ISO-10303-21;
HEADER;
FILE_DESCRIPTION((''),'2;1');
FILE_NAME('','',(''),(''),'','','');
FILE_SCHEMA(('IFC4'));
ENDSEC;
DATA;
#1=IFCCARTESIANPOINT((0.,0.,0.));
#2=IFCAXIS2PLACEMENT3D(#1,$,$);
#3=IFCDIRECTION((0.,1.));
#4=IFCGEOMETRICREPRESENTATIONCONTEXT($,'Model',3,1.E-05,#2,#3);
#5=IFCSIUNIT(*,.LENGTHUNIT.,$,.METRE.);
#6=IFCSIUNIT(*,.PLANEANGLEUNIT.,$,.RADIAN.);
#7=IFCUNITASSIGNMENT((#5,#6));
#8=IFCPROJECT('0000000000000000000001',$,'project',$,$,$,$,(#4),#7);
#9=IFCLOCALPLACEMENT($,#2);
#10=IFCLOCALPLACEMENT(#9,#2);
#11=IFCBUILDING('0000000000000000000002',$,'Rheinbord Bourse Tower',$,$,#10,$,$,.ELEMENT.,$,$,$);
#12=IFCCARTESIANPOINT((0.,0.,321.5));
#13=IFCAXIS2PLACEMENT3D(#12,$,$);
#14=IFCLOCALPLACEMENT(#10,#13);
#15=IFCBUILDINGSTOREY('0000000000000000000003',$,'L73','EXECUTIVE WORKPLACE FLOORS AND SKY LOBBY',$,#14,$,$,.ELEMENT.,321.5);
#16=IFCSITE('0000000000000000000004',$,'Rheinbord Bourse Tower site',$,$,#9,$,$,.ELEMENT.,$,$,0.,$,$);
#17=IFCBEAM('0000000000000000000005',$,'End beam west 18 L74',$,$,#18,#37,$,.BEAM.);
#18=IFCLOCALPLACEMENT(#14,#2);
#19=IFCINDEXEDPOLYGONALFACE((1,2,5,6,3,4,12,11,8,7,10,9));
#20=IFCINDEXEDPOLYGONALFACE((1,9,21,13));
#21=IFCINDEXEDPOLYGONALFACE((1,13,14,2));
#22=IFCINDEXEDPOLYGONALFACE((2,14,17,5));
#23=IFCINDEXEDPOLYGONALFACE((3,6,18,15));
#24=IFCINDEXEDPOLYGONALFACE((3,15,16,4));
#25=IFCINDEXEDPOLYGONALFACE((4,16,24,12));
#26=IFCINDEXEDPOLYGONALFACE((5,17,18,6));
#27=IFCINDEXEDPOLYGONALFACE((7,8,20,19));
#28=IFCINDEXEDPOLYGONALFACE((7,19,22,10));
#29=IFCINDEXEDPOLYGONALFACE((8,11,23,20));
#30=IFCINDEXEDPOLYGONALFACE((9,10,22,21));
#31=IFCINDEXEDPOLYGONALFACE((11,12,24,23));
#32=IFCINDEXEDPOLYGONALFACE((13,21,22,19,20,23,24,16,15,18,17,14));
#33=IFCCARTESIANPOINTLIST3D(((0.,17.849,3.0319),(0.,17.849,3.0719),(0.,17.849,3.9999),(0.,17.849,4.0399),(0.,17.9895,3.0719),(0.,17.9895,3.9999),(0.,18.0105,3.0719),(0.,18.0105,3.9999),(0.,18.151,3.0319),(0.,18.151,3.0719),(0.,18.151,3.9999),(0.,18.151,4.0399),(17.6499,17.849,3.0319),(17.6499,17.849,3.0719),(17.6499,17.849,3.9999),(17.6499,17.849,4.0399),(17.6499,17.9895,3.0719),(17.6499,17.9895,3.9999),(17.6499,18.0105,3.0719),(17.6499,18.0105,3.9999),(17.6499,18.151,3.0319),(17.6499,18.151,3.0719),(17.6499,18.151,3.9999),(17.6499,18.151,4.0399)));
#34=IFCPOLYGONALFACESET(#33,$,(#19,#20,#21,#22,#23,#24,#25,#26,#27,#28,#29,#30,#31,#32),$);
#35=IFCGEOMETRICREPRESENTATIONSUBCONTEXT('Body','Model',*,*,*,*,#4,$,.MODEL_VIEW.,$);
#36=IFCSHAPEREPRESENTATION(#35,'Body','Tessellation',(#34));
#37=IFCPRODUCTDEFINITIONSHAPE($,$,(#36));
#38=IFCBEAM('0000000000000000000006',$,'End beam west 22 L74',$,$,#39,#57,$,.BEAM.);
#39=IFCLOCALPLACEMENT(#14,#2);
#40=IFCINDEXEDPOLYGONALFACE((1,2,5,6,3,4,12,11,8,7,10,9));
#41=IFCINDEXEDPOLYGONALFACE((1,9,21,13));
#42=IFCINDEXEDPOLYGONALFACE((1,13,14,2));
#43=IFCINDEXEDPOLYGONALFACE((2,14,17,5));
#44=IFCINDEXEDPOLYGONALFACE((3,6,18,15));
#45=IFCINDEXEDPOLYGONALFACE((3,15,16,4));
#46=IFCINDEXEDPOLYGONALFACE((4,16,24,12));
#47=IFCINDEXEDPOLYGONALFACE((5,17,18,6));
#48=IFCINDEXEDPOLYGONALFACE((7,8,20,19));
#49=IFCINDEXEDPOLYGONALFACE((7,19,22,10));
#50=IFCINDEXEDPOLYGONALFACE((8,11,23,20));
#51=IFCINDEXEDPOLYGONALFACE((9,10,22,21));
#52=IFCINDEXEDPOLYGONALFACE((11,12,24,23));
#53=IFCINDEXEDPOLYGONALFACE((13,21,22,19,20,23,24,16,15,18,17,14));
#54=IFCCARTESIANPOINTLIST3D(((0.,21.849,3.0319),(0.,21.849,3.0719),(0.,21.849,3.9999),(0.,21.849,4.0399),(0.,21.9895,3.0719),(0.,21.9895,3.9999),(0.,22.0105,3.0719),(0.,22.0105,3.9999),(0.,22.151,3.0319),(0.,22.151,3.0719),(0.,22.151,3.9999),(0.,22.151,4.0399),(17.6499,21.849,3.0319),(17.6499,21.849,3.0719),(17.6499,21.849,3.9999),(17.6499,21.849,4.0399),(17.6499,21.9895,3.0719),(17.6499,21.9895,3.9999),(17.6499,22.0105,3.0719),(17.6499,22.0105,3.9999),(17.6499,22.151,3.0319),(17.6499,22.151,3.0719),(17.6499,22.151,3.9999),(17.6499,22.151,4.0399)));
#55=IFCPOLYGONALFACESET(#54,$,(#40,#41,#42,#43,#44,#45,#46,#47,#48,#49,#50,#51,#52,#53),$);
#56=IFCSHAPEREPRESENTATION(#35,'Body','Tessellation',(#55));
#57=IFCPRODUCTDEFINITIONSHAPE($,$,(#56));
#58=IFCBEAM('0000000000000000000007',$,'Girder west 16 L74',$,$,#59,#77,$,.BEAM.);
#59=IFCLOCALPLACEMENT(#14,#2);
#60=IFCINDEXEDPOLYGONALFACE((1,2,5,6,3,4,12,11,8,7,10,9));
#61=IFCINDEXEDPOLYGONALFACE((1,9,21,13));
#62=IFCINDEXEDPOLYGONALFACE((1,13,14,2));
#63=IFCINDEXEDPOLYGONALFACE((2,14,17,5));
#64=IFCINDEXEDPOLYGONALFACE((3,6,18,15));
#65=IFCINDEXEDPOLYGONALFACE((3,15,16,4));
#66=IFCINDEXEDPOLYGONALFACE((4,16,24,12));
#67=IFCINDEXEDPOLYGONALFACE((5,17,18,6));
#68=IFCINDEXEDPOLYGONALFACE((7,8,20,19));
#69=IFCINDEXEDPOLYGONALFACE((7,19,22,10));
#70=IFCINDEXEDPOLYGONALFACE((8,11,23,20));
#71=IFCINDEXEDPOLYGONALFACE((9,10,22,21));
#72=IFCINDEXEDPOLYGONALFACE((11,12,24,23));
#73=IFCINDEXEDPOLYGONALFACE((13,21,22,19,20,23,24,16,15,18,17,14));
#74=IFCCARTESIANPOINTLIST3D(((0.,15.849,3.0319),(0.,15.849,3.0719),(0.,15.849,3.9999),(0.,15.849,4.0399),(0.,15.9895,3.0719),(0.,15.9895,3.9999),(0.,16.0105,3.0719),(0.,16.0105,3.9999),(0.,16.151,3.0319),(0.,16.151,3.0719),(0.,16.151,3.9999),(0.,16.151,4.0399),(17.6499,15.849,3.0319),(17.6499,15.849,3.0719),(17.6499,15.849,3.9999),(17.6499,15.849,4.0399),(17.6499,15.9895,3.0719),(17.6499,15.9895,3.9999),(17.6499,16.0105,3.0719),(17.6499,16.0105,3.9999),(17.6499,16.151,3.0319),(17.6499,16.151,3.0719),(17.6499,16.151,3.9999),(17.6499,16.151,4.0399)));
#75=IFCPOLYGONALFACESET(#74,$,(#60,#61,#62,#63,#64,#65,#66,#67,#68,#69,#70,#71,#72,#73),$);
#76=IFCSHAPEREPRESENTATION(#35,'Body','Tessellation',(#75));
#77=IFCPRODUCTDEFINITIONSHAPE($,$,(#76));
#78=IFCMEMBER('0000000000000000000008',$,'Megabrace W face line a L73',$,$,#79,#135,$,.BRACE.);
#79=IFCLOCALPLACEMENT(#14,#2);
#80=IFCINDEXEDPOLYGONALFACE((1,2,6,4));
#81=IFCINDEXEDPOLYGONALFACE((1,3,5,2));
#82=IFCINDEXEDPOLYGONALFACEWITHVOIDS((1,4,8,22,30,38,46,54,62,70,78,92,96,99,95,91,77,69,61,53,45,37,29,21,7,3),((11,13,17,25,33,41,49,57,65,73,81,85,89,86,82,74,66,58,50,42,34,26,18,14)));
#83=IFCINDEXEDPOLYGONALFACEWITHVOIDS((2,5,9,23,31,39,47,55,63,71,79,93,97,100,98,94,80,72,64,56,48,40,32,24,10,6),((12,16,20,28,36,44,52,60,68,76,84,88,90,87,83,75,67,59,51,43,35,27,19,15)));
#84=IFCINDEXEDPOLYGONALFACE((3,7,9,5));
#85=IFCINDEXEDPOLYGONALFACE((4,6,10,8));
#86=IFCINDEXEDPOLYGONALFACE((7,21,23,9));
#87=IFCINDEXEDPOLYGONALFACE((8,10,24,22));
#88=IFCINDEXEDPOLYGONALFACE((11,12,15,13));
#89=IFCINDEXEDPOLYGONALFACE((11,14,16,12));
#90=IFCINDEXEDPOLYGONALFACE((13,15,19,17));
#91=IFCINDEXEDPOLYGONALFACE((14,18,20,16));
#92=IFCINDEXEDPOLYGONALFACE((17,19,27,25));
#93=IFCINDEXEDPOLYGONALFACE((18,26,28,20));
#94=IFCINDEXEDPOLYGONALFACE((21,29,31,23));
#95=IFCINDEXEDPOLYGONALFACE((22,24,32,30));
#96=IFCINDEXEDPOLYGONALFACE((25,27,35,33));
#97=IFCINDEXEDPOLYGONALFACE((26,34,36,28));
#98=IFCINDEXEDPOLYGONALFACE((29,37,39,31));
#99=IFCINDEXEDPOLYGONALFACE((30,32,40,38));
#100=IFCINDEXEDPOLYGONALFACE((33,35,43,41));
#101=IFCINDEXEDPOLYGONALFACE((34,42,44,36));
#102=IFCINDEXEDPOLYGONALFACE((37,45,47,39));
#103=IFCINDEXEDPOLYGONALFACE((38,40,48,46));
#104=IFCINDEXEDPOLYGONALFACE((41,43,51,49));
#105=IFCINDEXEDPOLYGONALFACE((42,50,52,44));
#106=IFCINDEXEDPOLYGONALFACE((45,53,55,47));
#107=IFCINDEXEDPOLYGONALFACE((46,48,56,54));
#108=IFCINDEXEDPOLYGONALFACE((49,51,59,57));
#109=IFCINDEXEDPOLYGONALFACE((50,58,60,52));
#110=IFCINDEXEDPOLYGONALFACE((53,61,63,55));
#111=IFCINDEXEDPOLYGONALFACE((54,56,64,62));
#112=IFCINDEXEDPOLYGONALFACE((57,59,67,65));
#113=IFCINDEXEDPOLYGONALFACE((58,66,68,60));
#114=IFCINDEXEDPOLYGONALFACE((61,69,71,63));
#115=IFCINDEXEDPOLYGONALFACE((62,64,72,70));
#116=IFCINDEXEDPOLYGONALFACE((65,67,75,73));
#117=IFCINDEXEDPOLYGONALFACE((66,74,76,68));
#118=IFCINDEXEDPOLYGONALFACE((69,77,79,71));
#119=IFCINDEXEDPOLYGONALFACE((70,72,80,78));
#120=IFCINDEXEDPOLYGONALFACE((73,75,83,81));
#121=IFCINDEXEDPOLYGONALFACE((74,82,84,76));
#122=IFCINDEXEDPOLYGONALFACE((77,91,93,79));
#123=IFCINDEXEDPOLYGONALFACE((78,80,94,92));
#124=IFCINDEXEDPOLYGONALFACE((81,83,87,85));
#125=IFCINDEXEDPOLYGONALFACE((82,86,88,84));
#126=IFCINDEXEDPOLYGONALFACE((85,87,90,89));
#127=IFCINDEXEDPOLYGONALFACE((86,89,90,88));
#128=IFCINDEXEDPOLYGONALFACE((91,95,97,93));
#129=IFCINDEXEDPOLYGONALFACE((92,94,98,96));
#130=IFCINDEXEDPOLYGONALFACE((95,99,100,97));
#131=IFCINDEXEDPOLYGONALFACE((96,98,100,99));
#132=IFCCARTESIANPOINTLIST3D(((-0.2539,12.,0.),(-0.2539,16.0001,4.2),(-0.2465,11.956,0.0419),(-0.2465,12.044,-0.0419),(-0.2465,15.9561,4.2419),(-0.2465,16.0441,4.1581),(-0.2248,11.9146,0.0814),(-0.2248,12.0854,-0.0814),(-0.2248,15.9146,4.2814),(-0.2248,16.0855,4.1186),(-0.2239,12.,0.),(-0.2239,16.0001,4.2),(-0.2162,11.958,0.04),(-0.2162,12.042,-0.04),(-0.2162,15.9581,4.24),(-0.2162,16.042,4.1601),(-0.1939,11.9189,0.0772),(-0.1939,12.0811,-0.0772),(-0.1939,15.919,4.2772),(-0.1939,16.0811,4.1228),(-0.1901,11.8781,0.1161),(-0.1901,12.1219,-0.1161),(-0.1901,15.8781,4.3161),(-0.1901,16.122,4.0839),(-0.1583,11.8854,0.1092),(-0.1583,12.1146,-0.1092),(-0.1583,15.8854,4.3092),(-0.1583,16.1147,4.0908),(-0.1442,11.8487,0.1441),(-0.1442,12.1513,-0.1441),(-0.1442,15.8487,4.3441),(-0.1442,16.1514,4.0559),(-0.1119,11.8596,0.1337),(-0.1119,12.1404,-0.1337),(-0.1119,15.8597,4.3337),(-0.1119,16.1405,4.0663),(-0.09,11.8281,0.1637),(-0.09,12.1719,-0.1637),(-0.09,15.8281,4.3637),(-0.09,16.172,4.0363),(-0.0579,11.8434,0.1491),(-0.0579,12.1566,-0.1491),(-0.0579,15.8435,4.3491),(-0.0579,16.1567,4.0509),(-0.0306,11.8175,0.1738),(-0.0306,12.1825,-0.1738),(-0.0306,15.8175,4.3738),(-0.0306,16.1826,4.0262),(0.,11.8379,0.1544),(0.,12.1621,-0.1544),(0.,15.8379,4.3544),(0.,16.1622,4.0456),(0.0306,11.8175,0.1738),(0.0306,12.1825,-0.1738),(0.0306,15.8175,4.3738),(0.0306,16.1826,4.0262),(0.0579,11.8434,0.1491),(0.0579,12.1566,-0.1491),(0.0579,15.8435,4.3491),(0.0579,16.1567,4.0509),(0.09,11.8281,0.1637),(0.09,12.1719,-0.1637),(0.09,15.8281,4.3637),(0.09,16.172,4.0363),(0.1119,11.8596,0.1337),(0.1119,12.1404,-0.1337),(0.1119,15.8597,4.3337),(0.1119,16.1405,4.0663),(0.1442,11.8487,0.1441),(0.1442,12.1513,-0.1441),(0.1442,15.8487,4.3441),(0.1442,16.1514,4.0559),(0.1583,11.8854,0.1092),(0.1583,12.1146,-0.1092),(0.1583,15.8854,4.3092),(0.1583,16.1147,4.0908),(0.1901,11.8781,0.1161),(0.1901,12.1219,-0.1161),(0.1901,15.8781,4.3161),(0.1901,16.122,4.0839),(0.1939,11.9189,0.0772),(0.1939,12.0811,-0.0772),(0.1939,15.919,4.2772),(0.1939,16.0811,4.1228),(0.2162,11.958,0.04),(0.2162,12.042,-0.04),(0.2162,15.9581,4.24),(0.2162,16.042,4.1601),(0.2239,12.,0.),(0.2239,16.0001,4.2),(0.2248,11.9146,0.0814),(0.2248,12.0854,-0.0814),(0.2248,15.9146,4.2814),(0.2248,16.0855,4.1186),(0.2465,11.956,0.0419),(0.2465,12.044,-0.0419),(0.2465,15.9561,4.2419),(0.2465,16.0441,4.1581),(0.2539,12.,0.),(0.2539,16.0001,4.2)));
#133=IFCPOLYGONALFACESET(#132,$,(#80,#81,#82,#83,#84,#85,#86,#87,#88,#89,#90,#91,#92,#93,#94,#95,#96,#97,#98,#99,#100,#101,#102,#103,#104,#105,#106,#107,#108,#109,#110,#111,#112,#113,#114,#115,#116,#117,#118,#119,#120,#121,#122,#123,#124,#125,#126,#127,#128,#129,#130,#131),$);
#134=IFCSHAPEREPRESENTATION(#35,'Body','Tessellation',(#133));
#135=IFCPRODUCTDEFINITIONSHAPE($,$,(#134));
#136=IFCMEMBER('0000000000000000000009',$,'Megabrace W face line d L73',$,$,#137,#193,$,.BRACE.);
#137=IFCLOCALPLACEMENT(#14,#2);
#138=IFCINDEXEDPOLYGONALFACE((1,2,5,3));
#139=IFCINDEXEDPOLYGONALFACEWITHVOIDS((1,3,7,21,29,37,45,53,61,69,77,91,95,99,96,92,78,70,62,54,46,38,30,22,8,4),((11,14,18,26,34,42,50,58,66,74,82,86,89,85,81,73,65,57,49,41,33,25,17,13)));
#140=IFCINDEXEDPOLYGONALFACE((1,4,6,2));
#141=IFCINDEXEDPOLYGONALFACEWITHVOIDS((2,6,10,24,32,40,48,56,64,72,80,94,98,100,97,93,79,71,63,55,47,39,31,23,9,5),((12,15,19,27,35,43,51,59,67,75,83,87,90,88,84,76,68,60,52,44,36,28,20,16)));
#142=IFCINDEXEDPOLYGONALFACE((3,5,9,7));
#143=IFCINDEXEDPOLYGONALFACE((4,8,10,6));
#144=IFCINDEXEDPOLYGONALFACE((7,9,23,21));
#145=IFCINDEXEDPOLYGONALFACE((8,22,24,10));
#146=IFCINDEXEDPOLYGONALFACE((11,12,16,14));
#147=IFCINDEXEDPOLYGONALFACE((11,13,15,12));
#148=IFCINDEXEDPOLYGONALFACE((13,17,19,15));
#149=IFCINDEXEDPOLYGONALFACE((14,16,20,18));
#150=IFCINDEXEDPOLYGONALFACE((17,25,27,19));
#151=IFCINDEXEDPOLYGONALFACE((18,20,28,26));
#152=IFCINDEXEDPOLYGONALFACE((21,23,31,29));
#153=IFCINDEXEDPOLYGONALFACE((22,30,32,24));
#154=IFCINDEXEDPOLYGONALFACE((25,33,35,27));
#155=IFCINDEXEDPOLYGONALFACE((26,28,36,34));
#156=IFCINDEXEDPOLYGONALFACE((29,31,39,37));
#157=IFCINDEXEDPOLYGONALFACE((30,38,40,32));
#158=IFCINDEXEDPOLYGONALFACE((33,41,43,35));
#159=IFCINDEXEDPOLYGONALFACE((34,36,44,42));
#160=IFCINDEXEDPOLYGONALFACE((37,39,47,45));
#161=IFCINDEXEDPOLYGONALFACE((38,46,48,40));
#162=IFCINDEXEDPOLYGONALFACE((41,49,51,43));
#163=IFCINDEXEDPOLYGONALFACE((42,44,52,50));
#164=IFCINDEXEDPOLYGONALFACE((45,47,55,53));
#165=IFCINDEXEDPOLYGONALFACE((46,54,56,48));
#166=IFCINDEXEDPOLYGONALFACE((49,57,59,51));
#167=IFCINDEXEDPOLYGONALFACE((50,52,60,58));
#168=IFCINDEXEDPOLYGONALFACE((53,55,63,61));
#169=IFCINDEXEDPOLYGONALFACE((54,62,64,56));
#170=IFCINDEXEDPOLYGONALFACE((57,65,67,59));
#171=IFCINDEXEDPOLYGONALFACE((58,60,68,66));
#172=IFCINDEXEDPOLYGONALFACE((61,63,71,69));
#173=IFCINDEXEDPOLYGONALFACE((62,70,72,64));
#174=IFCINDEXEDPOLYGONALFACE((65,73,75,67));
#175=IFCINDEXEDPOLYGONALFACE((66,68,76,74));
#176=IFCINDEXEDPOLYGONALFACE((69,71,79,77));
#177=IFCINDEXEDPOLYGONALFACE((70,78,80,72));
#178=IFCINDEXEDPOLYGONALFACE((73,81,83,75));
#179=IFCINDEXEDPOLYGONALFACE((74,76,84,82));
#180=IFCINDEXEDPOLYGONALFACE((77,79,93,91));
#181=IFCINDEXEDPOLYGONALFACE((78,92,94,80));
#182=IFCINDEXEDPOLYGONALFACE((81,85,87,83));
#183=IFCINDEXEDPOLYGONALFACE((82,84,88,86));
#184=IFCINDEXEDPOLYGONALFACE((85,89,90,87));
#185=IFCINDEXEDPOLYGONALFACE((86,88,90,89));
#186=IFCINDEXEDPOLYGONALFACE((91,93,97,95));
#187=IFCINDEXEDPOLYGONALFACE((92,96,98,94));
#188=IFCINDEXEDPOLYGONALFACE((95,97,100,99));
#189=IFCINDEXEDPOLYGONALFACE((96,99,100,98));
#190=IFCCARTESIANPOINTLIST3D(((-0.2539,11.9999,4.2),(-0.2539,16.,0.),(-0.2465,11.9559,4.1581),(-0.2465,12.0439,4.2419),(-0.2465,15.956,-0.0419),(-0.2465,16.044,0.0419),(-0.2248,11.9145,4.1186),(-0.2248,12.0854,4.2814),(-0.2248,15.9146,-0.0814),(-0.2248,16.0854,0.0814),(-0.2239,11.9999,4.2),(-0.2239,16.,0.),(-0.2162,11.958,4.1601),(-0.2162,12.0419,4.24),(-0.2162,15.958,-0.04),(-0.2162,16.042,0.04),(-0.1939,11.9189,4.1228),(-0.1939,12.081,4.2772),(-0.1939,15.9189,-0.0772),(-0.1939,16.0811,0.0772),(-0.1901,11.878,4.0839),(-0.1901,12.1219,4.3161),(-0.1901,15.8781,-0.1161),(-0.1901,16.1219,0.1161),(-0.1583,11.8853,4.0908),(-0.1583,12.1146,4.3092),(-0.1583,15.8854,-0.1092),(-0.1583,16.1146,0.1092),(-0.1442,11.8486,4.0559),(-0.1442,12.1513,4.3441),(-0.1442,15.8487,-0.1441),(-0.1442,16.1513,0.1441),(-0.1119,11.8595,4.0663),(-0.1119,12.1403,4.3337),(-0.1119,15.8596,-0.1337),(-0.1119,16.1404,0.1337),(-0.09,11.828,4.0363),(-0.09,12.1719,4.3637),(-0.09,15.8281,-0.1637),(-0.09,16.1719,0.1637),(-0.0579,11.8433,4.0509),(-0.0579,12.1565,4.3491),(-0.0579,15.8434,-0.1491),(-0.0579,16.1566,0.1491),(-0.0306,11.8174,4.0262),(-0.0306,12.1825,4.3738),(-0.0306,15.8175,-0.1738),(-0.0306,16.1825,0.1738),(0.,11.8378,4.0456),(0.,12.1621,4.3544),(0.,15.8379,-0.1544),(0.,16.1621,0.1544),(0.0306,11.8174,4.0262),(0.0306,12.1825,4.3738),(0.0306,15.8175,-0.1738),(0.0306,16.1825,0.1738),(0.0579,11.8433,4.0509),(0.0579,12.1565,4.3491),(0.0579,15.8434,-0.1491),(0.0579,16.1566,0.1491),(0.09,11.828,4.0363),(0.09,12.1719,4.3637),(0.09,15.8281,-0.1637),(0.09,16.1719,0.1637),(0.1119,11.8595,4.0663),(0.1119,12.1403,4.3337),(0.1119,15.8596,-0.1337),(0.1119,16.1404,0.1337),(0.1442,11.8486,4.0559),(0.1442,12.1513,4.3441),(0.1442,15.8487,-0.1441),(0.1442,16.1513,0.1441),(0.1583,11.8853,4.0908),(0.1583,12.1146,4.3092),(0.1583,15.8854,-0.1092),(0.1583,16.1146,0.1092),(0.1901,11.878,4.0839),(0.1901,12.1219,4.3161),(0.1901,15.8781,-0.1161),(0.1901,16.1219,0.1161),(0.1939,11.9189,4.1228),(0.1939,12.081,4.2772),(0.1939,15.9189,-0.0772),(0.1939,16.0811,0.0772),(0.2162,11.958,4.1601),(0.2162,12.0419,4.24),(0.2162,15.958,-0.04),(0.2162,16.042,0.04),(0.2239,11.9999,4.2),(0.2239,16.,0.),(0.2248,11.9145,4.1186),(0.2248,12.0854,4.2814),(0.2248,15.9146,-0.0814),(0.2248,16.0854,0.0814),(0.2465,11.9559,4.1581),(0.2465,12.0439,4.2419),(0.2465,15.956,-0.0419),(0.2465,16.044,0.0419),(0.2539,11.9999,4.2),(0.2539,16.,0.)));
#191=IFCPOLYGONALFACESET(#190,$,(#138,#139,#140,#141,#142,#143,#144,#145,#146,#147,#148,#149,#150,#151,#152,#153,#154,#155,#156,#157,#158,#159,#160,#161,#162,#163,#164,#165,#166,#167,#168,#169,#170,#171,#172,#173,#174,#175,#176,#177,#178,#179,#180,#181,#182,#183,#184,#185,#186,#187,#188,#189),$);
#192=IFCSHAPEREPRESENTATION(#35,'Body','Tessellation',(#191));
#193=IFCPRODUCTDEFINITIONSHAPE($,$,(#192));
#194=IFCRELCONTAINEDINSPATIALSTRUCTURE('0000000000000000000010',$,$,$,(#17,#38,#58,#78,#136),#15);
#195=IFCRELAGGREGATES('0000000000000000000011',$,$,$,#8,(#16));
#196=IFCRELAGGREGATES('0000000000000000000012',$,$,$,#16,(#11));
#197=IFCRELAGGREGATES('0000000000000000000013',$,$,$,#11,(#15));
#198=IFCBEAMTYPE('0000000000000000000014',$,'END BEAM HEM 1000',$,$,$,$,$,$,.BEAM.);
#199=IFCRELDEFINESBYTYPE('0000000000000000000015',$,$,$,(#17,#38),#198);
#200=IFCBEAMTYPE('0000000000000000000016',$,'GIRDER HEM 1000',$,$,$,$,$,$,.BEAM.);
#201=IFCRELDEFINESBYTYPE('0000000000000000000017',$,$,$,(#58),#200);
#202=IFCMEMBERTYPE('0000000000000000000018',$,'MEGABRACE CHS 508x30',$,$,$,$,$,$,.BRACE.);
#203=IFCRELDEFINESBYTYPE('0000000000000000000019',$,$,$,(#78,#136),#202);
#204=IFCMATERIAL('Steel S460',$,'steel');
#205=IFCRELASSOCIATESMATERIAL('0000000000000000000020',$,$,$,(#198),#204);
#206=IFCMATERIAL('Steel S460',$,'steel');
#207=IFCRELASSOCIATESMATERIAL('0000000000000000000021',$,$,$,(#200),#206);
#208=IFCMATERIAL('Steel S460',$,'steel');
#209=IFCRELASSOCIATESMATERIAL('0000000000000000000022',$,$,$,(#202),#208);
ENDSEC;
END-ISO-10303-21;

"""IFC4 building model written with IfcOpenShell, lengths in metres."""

from ifc_helpers import new_model, si_unit, direction, frame, origin, origin_2d, place, context, subcontext, project, spatial, hollow_circle, i_section, extrude, material, material_profile, profile_set, type_object, element, save


model = new_model("IFC4")

# Units and contexts
model_context = context("Model", 3, precision=1e-05, world=origin(), true_north=direction((0.0, 1.0)))
body_context = subcontext(model_context, "Body", "Model", "MODEL_VIEW")
ifc_project = project(units=[si_unit("LENGTHUNIT", "METRE"), si_unit("PLANEANGLEUNIT", "RADIAN")], contexts=[model_context])

# Site, building, storey
site_placement = place(None, origin())
site = spatial("IfcSite", under=ifc_project, at=site_placement, Name="Rheinbord Bourse Tower site", CompositionType="ELEMENT", RefElevation=0.0)
building_placement = place(site_placement, origin())
building = spatial("IfcBuilding", under=site, at=building_placement, Name="Rheinbord Bourse Tower", CompositionType="ELEMENT")
storey_placement = place(building_placement, frame((0.0, 0.0, 321.5)))
storey = spatial("IfcBuildingStorey", under=building, at=storey_placement, Name="L73", Description="EXECUTIVE WORKPLACE FLOORS AND SKY LOBBY", CompositionType="ELEMENT", Elevation=321.5)

# Beams
ifc_material_1 = material(Name="Steel S460", Category="steel")
ifc_material_profile_1 = material_profile(ifc_material_1, i_section(OverallWidth=0.302, OverallDepth=1.0081, WebThickness=0.021, FlangeThickness=0.04, at=origin_2d()), Name="HEM 1000")
ifc_profile_set_1 = profile_set([ifc_material_profile_1], Name="Steel S460")
beam_type_1 = type_object("IfcBeamType", Name="END BEAM HEM 1000", PredefinedType="BEAM", material=ifc_profile_set_1)
for number, where, z_axis, x_axis, name in (
    (1, (0.0, 18.0, 3.5359), (1.0, 0.0, 0.0), (0.0, 1.0, 0.0), "End beam west 18 L74"),
    (2, (0.0, 22.0, 3.5359), (1.0, 0.0, 0.0), (0.0, 1.0, 0.0), "End beam west 22 L74"),
):
    element("IfcBeam", number, at=place(storey_placement, frame(where, z_axis=z_axis, x_axis=x_axis)), inside=storey, type_object=beam_type_1, Name=name, PredefinedType="BEAM", context=body_context, shape_type="SweptSolid", body=[
        extrude(i_section(OverallWidth=0.302, OverallDepth=1.0081, WebThickness=0.021, FlangeThickness=0.04, at=origin_2d()), origin(), (0.0, 0.0, 1.0), 17.6499),
    ])
ifc_material_2 = material(Name="Steel S460", Category="steel")
ifc_material_profile_2 = material_profile(ifc_material_2, i_section(OverallWidth=0.302, OverallDepth=1.0081, WebThickness=0.021, FlangeThickness=0.04, at=origin_2d()), Name="HEM 1000")
ifc_profile_set_2 = profile_set([ifc_material_profile_2], Name="Steel S460")
beam_type_2 = type_object("IfcBeamType", Name="GIRDER HEM 1000", PredefinedType="BEAM", material=ifc_profile_set_2)
beam_1_placement = place(storey_placement, frame((0.0, 16.0, 3.5359), z_axis=(1.0, 0.0, 0.0), x_axis=(0.0, 1.0, 0.0)))
element("IfcBeam", 3, at=beam_1_placement, inside=storey, type_object=beam_type_2, Name="Girder west 16 L74", PredefinedType="BEAM", context=body_context, shape_type="SweptSolid", body=[
    extrude(i_section(OverallWidth=0.302, OverallDepth=1.0081, WebThickness=0.021, FlangeThickness=0.04, at=origin_2d()), origin(), (0.0, 0.0, 1.0), 17.6499),
])

# Members
ifc_material_3 = material(Name="Steel S460", Category="steel")
ifc_material_profile_3 = material_profile(ifc_material_3, hollow_circle(Radius=0.2539, WallThickness=0.03, at=origin_2d()), Name="CHS 508x30")
ifc_profile_set_3 = profile_set([ifc_material_profile_3], Name="Steel S460")
member_type_1 = type_object("IfcMemberType", Name="MEGABRACE CHS 508x30", PredefinedType="BRACE", material=ifc_profile_set_3)
for number, where, z_axis, x_axis, name in (
    (4, (0.0, 12.0, 0.0), (0.0, 0.689659, 0.724134), (-1.0, 0.0, 0.0), "Megabrace W face line a L73"),
    (5, (0.0, 16.0, 0.0), (0.0, -0.689659, 0.724134), (1.0, 0.0, 0.0), "Megabrace W face line d L73"),
):
    element("IfcMember", number, at=place(storey_placement, frame(where, z_axis=z_axis, x_axis=x_axis)), inside=storey, type_object=member_type_1, Name=name, PredefinedType="BRACE", context=body_context, shape_type="SweptSolid", body=[
        extrude(hollow_circle(Radius=0.2539, WallThickness=0.03, at=origin_2d()), origin(), (0.0, 0.0, 1.0), 5.8),
    ])

save(model, "model.ifc")
